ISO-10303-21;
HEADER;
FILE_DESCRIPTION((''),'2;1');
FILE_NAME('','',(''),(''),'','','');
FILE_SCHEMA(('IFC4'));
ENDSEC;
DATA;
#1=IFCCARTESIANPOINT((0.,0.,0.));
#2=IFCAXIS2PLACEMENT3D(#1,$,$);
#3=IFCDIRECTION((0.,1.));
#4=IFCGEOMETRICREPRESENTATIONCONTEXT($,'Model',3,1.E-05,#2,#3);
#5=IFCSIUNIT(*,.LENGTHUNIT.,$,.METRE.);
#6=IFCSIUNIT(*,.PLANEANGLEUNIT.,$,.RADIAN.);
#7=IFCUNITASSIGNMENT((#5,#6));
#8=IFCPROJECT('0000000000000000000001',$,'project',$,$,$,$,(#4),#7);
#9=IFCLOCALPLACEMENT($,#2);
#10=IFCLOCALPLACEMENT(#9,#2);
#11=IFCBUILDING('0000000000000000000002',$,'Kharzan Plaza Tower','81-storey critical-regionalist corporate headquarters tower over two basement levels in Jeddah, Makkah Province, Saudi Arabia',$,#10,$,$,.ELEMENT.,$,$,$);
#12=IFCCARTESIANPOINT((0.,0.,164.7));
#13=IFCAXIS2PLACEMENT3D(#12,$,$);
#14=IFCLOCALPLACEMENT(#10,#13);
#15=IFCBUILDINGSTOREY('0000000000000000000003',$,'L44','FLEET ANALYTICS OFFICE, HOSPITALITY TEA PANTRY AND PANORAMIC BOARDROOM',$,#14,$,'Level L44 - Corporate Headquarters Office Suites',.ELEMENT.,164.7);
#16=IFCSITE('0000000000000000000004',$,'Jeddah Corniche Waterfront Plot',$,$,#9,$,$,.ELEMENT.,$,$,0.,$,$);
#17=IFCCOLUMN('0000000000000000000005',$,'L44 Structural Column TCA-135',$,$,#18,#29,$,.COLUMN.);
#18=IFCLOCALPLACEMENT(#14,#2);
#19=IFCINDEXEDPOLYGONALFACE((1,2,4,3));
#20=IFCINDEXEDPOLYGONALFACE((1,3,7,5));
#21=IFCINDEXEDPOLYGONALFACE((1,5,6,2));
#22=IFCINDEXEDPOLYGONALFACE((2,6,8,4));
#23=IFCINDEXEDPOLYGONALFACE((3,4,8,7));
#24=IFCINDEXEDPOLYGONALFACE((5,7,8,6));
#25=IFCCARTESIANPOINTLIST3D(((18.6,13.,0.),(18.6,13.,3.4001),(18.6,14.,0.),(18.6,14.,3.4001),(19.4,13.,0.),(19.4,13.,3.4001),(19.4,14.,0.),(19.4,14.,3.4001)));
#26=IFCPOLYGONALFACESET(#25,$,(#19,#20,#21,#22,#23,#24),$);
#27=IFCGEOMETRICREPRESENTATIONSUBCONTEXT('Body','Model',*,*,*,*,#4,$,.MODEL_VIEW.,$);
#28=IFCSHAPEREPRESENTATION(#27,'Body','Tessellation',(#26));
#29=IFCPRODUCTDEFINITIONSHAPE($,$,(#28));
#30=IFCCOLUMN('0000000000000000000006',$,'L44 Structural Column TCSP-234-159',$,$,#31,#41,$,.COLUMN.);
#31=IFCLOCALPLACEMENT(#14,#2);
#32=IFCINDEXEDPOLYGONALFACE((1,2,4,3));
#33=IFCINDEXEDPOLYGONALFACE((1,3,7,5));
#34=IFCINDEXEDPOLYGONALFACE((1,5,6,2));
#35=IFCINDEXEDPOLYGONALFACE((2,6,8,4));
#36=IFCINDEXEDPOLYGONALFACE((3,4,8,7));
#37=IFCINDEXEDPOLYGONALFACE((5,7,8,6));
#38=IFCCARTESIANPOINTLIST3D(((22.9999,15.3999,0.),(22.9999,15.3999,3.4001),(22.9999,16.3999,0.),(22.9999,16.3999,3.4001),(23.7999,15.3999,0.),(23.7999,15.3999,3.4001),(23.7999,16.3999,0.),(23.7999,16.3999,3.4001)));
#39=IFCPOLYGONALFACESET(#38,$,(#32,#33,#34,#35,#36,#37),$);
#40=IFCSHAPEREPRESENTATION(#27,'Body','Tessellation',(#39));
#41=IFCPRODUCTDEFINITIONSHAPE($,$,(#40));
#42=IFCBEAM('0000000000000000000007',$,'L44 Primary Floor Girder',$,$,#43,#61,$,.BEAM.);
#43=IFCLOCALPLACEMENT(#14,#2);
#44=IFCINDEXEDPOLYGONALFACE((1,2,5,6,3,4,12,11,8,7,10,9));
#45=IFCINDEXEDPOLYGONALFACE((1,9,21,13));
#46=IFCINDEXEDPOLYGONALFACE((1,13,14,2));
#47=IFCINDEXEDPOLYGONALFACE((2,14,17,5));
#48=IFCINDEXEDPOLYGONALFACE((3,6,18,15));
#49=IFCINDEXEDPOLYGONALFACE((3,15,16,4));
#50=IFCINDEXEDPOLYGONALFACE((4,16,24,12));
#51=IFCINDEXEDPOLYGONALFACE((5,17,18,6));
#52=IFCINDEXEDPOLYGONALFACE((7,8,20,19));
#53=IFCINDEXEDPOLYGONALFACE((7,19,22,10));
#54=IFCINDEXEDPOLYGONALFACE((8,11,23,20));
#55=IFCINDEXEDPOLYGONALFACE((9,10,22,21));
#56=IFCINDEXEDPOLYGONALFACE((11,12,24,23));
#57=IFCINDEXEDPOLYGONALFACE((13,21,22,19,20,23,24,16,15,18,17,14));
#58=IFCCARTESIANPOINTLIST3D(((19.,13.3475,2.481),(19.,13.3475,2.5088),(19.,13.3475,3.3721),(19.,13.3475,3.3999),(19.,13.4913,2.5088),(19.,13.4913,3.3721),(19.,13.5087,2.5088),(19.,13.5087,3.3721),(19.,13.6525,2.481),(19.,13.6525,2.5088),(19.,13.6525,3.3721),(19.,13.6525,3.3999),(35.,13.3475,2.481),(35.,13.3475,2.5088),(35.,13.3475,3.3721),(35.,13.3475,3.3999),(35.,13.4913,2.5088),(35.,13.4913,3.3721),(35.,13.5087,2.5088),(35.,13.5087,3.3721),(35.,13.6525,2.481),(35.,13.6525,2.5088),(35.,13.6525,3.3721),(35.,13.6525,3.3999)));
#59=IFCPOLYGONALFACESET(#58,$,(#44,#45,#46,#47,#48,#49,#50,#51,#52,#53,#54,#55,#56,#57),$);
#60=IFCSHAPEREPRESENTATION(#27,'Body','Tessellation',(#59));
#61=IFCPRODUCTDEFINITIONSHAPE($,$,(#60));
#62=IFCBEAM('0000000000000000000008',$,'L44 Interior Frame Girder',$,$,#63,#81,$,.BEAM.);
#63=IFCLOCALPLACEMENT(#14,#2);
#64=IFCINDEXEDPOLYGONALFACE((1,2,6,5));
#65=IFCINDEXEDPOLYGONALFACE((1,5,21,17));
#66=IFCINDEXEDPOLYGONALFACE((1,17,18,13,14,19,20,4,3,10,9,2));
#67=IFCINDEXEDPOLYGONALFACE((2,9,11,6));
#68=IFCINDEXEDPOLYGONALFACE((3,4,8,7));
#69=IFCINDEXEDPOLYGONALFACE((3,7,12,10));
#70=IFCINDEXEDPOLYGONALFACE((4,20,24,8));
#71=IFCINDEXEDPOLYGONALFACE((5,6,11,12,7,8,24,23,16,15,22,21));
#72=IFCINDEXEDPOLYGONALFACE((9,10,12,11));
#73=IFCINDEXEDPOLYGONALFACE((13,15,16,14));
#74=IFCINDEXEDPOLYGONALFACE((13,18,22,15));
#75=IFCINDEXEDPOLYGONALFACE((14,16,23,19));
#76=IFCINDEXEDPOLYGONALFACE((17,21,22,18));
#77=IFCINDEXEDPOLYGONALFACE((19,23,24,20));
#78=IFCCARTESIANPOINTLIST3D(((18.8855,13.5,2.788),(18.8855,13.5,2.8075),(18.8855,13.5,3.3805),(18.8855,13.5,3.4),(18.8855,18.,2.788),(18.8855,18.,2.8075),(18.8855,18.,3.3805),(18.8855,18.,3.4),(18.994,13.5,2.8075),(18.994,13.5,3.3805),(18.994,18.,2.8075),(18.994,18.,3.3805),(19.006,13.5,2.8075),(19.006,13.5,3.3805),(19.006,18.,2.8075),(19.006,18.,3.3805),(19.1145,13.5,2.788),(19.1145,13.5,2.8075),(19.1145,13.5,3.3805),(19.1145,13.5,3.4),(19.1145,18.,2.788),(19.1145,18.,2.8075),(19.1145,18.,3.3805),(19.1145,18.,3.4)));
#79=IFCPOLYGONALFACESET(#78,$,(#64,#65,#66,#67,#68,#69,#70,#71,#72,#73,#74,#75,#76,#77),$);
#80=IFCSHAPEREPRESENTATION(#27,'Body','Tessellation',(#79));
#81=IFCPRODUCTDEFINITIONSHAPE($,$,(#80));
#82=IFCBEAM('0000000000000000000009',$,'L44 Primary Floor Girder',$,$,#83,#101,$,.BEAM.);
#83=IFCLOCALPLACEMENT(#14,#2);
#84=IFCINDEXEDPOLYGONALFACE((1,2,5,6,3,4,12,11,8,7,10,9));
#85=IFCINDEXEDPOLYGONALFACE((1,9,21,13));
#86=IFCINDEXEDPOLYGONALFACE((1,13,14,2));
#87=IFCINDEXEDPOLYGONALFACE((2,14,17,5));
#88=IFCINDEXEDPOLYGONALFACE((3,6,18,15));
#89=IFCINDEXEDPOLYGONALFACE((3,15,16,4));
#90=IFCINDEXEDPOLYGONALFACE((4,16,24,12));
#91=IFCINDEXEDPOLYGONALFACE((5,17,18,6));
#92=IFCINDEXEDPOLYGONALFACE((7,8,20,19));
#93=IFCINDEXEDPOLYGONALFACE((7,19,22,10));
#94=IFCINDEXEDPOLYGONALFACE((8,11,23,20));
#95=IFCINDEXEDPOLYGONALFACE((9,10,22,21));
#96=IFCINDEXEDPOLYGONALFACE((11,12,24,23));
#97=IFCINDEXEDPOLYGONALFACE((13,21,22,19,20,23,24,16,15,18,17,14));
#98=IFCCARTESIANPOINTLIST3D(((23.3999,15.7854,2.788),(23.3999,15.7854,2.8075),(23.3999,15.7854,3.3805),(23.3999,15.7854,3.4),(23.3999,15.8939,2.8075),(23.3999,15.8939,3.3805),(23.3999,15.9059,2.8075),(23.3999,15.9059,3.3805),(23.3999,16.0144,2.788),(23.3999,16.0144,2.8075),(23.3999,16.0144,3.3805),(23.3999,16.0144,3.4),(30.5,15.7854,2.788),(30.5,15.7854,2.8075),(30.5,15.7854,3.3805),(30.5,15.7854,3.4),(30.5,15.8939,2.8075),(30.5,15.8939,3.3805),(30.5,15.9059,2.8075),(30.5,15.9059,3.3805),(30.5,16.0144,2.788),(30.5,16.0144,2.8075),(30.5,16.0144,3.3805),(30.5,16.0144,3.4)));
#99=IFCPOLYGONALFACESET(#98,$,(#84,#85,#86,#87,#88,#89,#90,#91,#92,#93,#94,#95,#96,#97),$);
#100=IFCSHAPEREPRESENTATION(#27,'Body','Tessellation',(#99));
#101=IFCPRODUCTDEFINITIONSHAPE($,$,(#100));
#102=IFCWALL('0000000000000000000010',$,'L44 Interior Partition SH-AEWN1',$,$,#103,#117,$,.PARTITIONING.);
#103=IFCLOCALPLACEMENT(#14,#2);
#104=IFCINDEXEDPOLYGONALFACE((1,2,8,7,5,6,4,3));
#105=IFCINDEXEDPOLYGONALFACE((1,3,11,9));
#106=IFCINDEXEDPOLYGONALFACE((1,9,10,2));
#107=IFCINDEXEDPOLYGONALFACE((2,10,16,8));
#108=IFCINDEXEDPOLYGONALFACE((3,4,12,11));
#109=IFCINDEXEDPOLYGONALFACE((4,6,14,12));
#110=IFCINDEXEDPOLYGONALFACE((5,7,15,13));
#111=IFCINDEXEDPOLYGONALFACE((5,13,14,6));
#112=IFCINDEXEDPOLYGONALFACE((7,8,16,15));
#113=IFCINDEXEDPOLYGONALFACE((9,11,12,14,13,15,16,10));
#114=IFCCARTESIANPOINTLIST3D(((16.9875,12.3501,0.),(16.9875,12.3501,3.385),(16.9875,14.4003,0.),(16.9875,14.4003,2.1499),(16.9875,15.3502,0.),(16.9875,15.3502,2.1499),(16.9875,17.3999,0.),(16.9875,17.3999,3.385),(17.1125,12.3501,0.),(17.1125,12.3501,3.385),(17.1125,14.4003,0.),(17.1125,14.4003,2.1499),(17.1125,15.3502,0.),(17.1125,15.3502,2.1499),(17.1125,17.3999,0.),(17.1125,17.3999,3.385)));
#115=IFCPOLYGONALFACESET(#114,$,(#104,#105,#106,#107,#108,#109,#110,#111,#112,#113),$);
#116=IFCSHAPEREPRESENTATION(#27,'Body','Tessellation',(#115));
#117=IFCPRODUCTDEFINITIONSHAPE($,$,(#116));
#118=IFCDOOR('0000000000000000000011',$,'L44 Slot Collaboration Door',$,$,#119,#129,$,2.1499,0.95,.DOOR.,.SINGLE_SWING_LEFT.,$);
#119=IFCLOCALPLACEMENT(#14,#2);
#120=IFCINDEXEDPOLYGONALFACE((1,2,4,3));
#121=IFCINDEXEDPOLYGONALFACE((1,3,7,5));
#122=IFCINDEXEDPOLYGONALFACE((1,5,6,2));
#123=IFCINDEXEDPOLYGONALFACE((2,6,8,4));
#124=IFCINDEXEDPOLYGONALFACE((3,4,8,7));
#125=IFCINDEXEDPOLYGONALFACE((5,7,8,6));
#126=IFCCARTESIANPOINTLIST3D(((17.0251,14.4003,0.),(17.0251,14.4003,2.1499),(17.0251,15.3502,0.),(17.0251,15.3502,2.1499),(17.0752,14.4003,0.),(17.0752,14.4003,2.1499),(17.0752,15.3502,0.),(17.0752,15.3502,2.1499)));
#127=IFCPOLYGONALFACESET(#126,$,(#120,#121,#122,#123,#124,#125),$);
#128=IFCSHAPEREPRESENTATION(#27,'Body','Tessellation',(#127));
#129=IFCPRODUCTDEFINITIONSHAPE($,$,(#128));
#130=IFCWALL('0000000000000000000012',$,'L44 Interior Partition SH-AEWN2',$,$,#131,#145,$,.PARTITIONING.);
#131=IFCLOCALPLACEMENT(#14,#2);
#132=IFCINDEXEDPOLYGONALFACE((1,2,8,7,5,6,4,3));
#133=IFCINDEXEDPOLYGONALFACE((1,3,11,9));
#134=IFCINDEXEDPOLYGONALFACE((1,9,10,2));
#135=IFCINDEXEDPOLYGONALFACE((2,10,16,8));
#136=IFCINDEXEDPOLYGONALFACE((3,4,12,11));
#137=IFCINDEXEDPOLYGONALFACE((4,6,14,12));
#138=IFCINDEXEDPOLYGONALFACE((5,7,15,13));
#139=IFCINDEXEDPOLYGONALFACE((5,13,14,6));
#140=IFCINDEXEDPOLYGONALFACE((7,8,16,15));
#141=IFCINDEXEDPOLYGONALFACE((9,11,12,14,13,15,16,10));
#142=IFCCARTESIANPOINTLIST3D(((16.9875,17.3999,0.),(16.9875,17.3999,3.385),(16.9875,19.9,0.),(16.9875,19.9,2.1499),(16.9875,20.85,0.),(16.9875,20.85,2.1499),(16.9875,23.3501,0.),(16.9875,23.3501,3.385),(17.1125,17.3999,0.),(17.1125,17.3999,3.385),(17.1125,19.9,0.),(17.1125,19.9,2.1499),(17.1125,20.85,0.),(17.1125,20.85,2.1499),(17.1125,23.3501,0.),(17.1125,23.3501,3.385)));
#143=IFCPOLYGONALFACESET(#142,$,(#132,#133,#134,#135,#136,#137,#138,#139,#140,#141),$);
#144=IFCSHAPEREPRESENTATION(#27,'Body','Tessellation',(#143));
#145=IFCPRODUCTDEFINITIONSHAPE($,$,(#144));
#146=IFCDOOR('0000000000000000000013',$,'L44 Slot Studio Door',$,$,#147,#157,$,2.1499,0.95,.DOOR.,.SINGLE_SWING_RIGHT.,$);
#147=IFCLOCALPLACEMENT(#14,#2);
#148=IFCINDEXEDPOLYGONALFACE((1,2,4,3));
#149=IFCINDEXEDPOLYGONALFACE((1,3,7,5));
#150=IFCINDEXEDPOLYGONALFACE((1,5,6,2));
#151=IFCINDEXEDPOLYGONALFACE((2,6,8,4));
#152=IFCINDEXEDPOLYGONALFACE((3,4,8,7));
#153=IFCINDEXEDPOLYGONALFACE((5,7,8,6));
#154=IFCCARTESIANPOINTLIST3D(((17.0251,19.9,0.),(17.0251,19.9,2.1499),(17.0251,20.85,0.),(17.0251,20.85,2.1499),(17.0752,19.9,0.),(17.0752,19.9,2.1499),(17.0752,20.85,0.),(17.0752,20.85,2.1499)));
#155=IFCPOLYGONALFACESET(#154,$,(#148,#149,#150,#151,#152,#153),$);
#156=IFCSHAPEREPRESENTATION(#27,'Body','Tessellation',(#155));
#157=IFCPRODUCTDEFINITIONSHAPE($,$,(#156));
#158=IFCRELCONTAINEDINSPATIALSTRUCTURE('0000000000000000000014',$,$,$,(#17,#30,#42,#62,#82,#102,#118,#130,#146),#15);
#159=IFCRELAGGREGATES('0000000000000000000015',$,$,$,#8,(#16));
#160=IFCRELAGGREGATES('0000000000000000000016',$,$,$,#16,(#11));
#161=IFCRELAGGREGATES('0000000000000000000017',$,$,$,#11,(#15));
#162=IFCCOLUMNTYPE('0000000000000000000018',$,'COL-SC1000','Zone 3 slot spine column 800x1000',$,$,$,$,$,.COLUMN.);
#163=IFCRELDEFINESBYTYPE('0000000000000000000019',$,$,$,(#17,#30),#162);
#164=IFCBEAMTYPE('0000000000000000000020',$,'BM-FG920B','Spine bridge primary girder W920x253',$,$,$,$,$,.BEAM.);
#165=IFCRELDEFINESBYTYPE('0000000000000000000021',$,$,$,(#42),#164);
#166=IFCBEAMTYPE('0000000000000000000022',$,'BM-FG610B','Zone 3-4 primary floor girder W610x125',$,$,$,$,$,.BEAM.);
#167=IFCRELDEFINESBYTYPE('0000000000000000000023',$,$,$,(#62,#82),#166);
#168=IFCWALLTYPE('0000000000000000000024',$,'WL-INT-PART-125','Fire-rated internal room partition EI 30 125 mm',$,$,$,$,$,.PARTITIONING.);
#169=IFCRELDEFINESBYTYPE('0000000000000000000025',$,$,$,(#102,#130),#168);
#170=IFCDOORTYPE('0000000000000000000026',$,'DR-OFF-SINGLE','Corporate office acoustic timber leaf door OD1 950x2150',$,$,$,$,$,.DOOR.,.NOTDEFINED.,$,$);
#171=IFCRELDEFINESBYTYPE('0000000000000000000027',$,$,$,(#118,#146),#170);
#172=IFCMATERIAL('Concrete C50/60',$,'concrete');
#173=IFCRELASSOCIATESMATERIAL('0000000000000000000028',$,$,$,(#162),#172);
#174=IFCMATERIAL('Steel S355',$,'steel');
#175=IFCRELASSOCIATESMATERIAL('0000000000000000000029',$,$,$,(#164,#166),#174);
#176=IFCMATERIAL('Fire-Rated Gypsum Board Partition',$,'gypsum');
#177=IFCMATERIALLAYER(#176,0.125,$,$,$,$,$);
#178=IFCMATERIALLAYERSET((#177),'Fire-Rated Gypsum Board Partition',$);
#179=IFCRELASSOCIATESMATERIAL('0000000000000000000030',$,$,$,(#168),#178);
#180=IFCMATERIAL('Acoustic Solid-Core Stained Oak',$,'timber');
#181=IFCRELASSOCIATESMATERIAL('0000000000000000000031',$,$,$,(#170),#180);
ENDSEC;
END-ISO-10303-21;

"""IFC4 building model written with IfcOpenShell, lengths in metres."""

from ifc_helpers import new_model, si_unit, direction, frame, frame_2d, origin, origin_2d, place, context, subcontext, project, spatial, rectangle, i_section, extrude, source, transform, mapped, material, layer, layer_set, material_profile, profile_set, type_object, element, fill, save


model = new_model("IFC4")

# Units and contexts
model_context = context("Model", 3, precision=1e-05, world=origin(), true_north=direction((0.0, 1.0)))
body_context = subcontext(model_context, "Body", "Model", "MODEL_VIEW")
ifc_project = project(units=[si_unit("LENGTHUNIT", "METRE"), si_unit("PLANEANGLEUNIT", "RADIAN")], contexts=[model_context])

# Site, building, storey
site_placement = place(None, origin())
site = spatial("IfcSite", under=ifc_project, at=site_placement, Name="Jeddah Corniche Waterfront Plot", CompositionType="ELEMENT", RefElevation=0.0)
building_placement = place(site_placement, origin())
building = spatial("IfcBuilding", under=site, at=building_placement, Name="Kharzan Plaza Tower", Description="81-storey critical-regionalist corporate headquarters tower over two basement levels in Jeddah, Makkah Province, Saudi Arabia", CompositionType="ELEMENT")
storey_placement = place(building_placement, frame((0.0, 0.0, 164.7)))
storey = spatial("IfcBuildingStorey", under=building, at=storey_placement, Name="L44", Description="FLEET ANALYTICS OFFICE, HOSPITALITY TEA PANTRY AND PANORAMIC BOARDROOM", LongName="Level L44 - Corporate Headquarters Office Suites", CompositionType="ELEMENT", Elevation=164.7)

# Columns
ifc_material_1 = material(Name="Concrete C50/60", Category="concrete")
ifc_material_profile_1 = material_profile(ifc_material_1, rectangle(XDim=0.8, YDim=1.0, at=origin_2d()), Name="RC-SC1000x800")
ifc_profile_set_1 = profile_set([ifc_material_profile_1], Name="Concrete C50/60")
column_type = type_object("IfcColumnType", Name="COL-SC1000", Description="Zone 3 slot spine column 800x1000", PredefinedType="COLUMN", material=ifc_profile_set_1)
shared_shape_1 = source(origin(), body_context, "Body", "SweptSolid", [
    extrude(rectangle(XDim=0.8, YDim=1.0, at=origin_2d()), origin(), (0.0, 0.0, 1.0), 3.4001),
])
for number, where, z_axis, x_axis, name in (
    (1, (19.0, 13.5, 0.0), (0.0, 0.0, 1.0), (1.0, 0.0, 0.0), "L44 Structural Column TCA-135"),
    (2, (23.3999, 15.8999, 0.0), (0.0, 0.0, 1.0), (1.0, 0.0, 0.0), "L44 Structural Column TCSP-234-159"),
):
    element("IfcColumn", number, at=place(storey_placement, frame(where, z_axis=z_axis, x_axis=x_axis)), inside=storey, type_object=column_type, Name=name, PredefinedType="COLUMN", context=body_context, shape_type="MappedRepresentation", body=[
        mapped(shared_shape_1, transform((0.0, 0.0, 0.0), x_axis=(1.0, 0.0, 0.0), y_axis=(0.0, 1.0, 0.0), z_axis=(0.0, 0.0, 1.0))),
    ])

# Beams
ifc_material_2 = material(Name="Steel S355", Category="steel")
ifc_material_profile_2 = material_profile(ifc_material_2, i_section(OverallWidth=0.3049, OverallDepth=0.9189, WebThickness=0.0173, FlangeThickness=0.0278, at=origin_2d()), Name="W920x253")
ifc_profile_set_2 = profile_set([ifc_material_profile_2], Name="Steel S355")
beam_type_1 = type_object("IfcBeamType", Name="BM-FG920B", Description="Spine bridge primary girder W920x253", PredefinedType="BEAM", material=ifc_profile_set_2)
shared_shape_2 = source(origin(), body_context, "Body", "SweptSolid", [
    extrude(i_section(OverallWidth=0.3049, OverallDepth=0.9189, WebThickness=0.0173, FlangeThickness=0.0278, at=origin_2d()), origin(), (0.0, 0.0, 1.0), 16.0),
])
beam_1_placement = place(storey_placement, frame((19.0, 13.5, 2.9404), z_axis=(1.0, 0.0, 0.0), x_axis=(0.0, 1.0, 0.0)))
element("IfcBeam", 3, at=beam_1_placement, inside=storey, type_object=beam_type_1, Name="L44 Primary Floor Girder", PredefinedType="BEAM", context=body_context, shape_type="MappedRepresentation", body=[
    mapped(shared_shape_2, transform((0.0, 0.0, 0.0), x_axis=(1.0, 0.0, 0.0), y_axis=(0.0, 1.0, 0.0), z_axis=(0.0, 0.0, 1.0))),
])
ifc_material_profile_3 = material_profile(ifc_material_2, i_section(OverallWidth=0.229, OverallDepth=0.6121, WebThickness=0.012, FlangeThickness=0.0195, at=origin_2d()), Name="W610x125")
ifc_profile_set_3 = profile_set([ifc_material_profile_3], Name="Steel S355")
beam_type_2 = type_object("IfcBeamType", Name="BM-FG610B", Description="Zone 3-4 primary floor girder W610x125", PredefinedType="BEAM", material=ifc_profile_set_3)
shared_shape_3 = source(origin(), body_context, "Body", "SweptSolid", [
    extrude(i_section(OverallWidth=0.229, OverallDepth=0.6121, WebThickness=0.012, FlangeThickness=0.0195, at=origin_2d()), origin(), (0.0, 0.0, 1.0), 4.5),
])
beam_2_placement = place(storey_placement, frame((19.0, 13.5, 3.094), z_axis=(0.0, 1.0, 0.0), x_axis=(-1.0, 0.0, 0.0)))
element("IfcBeam", 4, at=beam_2_placement, inside=storey, type_object=beam_type_2, Name="L44 Interior Frame Girder", PredefinedType="BEAM", context=body_context, shape_type="MappedRepresentation", body=[
    mapped(shared_shape_3, transform((0.0, 0.0, 0.0), x_axis=(1.0, 0.0, 0.0), y_axis=(0.0, 1.0, 0.0), z_axis=(0.0, 0.0, 1.0))),
])
shared_shape_4 = source(origin(), body_context, "Body", "SweptSolid", [
    extrude(i_section(OverallWidth=0.229, OverallDepth=0.6121, WebThickness=0.012, FlangeThickness=0.0195, at=origin_2d()), origin(), (0.0, 0.0, 1.0), 7.1001),
])
beam_3_placement = place(storey_placement, frame((23.3999, 15.8999, 3.094), z_axis=(1.0, 0.0, 0.0), x_axis=(0.0, 1.0, 0.0)))
element("IfcBeam", 5, at=beam_3_placement, inside=storey, type_object=beam_type_2, Name="L44 Primary Floor Girder", PredefinedType="BEAM", context=body_context, shape_type="MappedRepresentation", body=[
    mapped(shared_shape_4, transform((0.0, 0.0, 0.0), x_axis=(1.0, 0.0, 0.0), y_axis=(0.0, 1.0, 0.0), z_axis=(0.0, 0.0, 1.0))),
])

# Walls, openings, doors
ifc_material_3 = material(Name="Fire-Rated Gypsum Board Partition", Category="gypsum")
ifc_layer_1 = layer(ifc_material_3, 0.125)
ifc_layer_set_1 = layer_set([ifc_layer_1], Name="Fire-Rated Gypsum Board Partition")
wall_type_1 = type_object("IfcWallType", Name="WL-INT-PART-125", Description="Fire-rated internal room partition EI 30 125 mm", PredefinedType="PARTITIONING", material=ifc_layer_set_1)
wall_1_placement = place(storey_placement, frame((17.05, 12.3501, 0.0), z_axis=(0.0, 0.0, 1.0), x_axis=(0.0, 1.0, 0.0)))
wall_1 = element("IfcWall", 6, at=wall_1_placement, inside=storey, type_object=wall_type_1, Name="L44 Interior Partition SH-AEWN1", PredefinedType="PARTITIONING", context=body_context, shape_type="SweptSolid", body=[
    extrude(rectangle(XDim=5.0498, YDim=0.125, at=frame_2d((2.5249, 0.0))), origin(), (0.0, 0.0, 1.0), 3.385),
])
opening_1_placement = place(wall_1_placement, frame((2.05, 0.0, 0.0)))
opening_1 = element("IfcOpeningElement", 7, at=opening_1_placement, cuts=wall_1, PredefinedType="OPENING", context=body_context, shape_type="SweptSolid", body=[
    extrude(rectangle(XDim=0.95, YDim=2.1499, at=frame_2d((0.4751, 1.075))), frame((0.0, 0.0725, 0.0), z_axis=(0.0, -1.0, 0.0), x_axis=(1.0, 0.0, 0.0)), (0.0, 0.0, 1.0), 0.145),
])
ifc_material_4 = material(Name="Acoustic Solid-Core Stained Oak", Category="timber")
door_type_1 = type_object("IfcDoorType", Name="DR-OFF-SINGLE", Description="Corporate office acoustic timber leaf door OD1 950x2150", OperationType="NOTDEFINED", PredefinedType="DOOR", material=ifc_material_4)
shared_shape_5 = source(origin(), body_context, "Body", "SweptSolid", [
    extrude(rectangle(XDim=0.95, YDim=2.1499, at=frame_2d((0.4751, 1.075))), frame((0.0, 0.0249, 0.0), z_axis=(0.0, -1.0, 0.0), x_axis=(1.0, 0.0, 0.0)), (0.0, 0.0, 1.0), 0.05),
])
door_1_placement = place(opening_1_placement, origin())
door_1 = element("IfcDoor", 8, at=door_1_placement, inside=storey, type_object=door_type_1, Name="L44 Slot Collaboration Door", OperationType="SINGLE_SWING_LEFT", OverallHeight=2.1499, OverallWidth=0.95, PredefinedType="DOOR", context=body_context, shape_type="MappedRepresentation", body=[
    mapped(shared_shape_5, transform((0.0, 0.0, 0.0), x_axis=(1.0, 0.0, 0.0), y_axis=(0.0, 1.0, 0.0), z_axis=(0.0, 0.0, 1.0))),
])
fill(opening_1, door_1)
wall_2_placement = place(storey_placement, frame((17.05, 17.3999, 0.0), z_axis=(0.0, 0.0, 1.0), x_axis=(0.0, 1.0, 0.0)))
wall_2 = element("IfcWall", 9, at=wall_2_placement, inside=storey, type_object=wall_type_1, Name="L44 Interior Partition SH-AEWN2", PredefinedType="PARTITIONING", context=body_context, shape_type="SweptSolid", body=[
    extrude(rectangle(XDim=5.9502, YDim=0.125, at=frame_2d((2.9751, 0.0))), origin(), (0.0, 0.0, 1.0), 3.385),
])
opening_2_placement = place(wall_2_placement, frame((2.5, 0.0, 0.0)))
opening_2 = element("IfcOpeningElement", 10, at=opening_2_placement, cuts=wall_2, PredefinedType="OPENING", context=body_context, shape_type="SweptSolid", body=[
    extrude(rectangle(XDim=0.95, YDim=2.1499, at=frame_2d((0.4751, 1.075))), frame((0.0, 0.0725, 0.0), z_axis=(0.0, -1.0, 0.0), x_axis=(1.0, 0.0, 0.0)), (0.0, 0.0, 1.0), 0.145),
])
door_2_placement = place(opening_2_placement, origin())
door_2 = element("IfcDoor", 11, at=door_2_placement, inside=storey, type_object=door_type_1, Name="L44 Slot Studio Door", OperationType="SINGLE_SWING_RIGHT", OverallHeight=2.1499, OverallWidth=0.95, PredefinedType="DOOR", context=body_context, shape_type="MappedRepresentation", body=[
    mapped(shared_shape_5, transform((0.0, 0.0, 0.0), x_axis=(1.0, 0.0, 0.0), y_axis=(0.0, 1.0, 0.0), z_axis=(0.0, 0.0, 1.0))),
])
fill(opening_2, door_2)

save(model, "model.ifc")
